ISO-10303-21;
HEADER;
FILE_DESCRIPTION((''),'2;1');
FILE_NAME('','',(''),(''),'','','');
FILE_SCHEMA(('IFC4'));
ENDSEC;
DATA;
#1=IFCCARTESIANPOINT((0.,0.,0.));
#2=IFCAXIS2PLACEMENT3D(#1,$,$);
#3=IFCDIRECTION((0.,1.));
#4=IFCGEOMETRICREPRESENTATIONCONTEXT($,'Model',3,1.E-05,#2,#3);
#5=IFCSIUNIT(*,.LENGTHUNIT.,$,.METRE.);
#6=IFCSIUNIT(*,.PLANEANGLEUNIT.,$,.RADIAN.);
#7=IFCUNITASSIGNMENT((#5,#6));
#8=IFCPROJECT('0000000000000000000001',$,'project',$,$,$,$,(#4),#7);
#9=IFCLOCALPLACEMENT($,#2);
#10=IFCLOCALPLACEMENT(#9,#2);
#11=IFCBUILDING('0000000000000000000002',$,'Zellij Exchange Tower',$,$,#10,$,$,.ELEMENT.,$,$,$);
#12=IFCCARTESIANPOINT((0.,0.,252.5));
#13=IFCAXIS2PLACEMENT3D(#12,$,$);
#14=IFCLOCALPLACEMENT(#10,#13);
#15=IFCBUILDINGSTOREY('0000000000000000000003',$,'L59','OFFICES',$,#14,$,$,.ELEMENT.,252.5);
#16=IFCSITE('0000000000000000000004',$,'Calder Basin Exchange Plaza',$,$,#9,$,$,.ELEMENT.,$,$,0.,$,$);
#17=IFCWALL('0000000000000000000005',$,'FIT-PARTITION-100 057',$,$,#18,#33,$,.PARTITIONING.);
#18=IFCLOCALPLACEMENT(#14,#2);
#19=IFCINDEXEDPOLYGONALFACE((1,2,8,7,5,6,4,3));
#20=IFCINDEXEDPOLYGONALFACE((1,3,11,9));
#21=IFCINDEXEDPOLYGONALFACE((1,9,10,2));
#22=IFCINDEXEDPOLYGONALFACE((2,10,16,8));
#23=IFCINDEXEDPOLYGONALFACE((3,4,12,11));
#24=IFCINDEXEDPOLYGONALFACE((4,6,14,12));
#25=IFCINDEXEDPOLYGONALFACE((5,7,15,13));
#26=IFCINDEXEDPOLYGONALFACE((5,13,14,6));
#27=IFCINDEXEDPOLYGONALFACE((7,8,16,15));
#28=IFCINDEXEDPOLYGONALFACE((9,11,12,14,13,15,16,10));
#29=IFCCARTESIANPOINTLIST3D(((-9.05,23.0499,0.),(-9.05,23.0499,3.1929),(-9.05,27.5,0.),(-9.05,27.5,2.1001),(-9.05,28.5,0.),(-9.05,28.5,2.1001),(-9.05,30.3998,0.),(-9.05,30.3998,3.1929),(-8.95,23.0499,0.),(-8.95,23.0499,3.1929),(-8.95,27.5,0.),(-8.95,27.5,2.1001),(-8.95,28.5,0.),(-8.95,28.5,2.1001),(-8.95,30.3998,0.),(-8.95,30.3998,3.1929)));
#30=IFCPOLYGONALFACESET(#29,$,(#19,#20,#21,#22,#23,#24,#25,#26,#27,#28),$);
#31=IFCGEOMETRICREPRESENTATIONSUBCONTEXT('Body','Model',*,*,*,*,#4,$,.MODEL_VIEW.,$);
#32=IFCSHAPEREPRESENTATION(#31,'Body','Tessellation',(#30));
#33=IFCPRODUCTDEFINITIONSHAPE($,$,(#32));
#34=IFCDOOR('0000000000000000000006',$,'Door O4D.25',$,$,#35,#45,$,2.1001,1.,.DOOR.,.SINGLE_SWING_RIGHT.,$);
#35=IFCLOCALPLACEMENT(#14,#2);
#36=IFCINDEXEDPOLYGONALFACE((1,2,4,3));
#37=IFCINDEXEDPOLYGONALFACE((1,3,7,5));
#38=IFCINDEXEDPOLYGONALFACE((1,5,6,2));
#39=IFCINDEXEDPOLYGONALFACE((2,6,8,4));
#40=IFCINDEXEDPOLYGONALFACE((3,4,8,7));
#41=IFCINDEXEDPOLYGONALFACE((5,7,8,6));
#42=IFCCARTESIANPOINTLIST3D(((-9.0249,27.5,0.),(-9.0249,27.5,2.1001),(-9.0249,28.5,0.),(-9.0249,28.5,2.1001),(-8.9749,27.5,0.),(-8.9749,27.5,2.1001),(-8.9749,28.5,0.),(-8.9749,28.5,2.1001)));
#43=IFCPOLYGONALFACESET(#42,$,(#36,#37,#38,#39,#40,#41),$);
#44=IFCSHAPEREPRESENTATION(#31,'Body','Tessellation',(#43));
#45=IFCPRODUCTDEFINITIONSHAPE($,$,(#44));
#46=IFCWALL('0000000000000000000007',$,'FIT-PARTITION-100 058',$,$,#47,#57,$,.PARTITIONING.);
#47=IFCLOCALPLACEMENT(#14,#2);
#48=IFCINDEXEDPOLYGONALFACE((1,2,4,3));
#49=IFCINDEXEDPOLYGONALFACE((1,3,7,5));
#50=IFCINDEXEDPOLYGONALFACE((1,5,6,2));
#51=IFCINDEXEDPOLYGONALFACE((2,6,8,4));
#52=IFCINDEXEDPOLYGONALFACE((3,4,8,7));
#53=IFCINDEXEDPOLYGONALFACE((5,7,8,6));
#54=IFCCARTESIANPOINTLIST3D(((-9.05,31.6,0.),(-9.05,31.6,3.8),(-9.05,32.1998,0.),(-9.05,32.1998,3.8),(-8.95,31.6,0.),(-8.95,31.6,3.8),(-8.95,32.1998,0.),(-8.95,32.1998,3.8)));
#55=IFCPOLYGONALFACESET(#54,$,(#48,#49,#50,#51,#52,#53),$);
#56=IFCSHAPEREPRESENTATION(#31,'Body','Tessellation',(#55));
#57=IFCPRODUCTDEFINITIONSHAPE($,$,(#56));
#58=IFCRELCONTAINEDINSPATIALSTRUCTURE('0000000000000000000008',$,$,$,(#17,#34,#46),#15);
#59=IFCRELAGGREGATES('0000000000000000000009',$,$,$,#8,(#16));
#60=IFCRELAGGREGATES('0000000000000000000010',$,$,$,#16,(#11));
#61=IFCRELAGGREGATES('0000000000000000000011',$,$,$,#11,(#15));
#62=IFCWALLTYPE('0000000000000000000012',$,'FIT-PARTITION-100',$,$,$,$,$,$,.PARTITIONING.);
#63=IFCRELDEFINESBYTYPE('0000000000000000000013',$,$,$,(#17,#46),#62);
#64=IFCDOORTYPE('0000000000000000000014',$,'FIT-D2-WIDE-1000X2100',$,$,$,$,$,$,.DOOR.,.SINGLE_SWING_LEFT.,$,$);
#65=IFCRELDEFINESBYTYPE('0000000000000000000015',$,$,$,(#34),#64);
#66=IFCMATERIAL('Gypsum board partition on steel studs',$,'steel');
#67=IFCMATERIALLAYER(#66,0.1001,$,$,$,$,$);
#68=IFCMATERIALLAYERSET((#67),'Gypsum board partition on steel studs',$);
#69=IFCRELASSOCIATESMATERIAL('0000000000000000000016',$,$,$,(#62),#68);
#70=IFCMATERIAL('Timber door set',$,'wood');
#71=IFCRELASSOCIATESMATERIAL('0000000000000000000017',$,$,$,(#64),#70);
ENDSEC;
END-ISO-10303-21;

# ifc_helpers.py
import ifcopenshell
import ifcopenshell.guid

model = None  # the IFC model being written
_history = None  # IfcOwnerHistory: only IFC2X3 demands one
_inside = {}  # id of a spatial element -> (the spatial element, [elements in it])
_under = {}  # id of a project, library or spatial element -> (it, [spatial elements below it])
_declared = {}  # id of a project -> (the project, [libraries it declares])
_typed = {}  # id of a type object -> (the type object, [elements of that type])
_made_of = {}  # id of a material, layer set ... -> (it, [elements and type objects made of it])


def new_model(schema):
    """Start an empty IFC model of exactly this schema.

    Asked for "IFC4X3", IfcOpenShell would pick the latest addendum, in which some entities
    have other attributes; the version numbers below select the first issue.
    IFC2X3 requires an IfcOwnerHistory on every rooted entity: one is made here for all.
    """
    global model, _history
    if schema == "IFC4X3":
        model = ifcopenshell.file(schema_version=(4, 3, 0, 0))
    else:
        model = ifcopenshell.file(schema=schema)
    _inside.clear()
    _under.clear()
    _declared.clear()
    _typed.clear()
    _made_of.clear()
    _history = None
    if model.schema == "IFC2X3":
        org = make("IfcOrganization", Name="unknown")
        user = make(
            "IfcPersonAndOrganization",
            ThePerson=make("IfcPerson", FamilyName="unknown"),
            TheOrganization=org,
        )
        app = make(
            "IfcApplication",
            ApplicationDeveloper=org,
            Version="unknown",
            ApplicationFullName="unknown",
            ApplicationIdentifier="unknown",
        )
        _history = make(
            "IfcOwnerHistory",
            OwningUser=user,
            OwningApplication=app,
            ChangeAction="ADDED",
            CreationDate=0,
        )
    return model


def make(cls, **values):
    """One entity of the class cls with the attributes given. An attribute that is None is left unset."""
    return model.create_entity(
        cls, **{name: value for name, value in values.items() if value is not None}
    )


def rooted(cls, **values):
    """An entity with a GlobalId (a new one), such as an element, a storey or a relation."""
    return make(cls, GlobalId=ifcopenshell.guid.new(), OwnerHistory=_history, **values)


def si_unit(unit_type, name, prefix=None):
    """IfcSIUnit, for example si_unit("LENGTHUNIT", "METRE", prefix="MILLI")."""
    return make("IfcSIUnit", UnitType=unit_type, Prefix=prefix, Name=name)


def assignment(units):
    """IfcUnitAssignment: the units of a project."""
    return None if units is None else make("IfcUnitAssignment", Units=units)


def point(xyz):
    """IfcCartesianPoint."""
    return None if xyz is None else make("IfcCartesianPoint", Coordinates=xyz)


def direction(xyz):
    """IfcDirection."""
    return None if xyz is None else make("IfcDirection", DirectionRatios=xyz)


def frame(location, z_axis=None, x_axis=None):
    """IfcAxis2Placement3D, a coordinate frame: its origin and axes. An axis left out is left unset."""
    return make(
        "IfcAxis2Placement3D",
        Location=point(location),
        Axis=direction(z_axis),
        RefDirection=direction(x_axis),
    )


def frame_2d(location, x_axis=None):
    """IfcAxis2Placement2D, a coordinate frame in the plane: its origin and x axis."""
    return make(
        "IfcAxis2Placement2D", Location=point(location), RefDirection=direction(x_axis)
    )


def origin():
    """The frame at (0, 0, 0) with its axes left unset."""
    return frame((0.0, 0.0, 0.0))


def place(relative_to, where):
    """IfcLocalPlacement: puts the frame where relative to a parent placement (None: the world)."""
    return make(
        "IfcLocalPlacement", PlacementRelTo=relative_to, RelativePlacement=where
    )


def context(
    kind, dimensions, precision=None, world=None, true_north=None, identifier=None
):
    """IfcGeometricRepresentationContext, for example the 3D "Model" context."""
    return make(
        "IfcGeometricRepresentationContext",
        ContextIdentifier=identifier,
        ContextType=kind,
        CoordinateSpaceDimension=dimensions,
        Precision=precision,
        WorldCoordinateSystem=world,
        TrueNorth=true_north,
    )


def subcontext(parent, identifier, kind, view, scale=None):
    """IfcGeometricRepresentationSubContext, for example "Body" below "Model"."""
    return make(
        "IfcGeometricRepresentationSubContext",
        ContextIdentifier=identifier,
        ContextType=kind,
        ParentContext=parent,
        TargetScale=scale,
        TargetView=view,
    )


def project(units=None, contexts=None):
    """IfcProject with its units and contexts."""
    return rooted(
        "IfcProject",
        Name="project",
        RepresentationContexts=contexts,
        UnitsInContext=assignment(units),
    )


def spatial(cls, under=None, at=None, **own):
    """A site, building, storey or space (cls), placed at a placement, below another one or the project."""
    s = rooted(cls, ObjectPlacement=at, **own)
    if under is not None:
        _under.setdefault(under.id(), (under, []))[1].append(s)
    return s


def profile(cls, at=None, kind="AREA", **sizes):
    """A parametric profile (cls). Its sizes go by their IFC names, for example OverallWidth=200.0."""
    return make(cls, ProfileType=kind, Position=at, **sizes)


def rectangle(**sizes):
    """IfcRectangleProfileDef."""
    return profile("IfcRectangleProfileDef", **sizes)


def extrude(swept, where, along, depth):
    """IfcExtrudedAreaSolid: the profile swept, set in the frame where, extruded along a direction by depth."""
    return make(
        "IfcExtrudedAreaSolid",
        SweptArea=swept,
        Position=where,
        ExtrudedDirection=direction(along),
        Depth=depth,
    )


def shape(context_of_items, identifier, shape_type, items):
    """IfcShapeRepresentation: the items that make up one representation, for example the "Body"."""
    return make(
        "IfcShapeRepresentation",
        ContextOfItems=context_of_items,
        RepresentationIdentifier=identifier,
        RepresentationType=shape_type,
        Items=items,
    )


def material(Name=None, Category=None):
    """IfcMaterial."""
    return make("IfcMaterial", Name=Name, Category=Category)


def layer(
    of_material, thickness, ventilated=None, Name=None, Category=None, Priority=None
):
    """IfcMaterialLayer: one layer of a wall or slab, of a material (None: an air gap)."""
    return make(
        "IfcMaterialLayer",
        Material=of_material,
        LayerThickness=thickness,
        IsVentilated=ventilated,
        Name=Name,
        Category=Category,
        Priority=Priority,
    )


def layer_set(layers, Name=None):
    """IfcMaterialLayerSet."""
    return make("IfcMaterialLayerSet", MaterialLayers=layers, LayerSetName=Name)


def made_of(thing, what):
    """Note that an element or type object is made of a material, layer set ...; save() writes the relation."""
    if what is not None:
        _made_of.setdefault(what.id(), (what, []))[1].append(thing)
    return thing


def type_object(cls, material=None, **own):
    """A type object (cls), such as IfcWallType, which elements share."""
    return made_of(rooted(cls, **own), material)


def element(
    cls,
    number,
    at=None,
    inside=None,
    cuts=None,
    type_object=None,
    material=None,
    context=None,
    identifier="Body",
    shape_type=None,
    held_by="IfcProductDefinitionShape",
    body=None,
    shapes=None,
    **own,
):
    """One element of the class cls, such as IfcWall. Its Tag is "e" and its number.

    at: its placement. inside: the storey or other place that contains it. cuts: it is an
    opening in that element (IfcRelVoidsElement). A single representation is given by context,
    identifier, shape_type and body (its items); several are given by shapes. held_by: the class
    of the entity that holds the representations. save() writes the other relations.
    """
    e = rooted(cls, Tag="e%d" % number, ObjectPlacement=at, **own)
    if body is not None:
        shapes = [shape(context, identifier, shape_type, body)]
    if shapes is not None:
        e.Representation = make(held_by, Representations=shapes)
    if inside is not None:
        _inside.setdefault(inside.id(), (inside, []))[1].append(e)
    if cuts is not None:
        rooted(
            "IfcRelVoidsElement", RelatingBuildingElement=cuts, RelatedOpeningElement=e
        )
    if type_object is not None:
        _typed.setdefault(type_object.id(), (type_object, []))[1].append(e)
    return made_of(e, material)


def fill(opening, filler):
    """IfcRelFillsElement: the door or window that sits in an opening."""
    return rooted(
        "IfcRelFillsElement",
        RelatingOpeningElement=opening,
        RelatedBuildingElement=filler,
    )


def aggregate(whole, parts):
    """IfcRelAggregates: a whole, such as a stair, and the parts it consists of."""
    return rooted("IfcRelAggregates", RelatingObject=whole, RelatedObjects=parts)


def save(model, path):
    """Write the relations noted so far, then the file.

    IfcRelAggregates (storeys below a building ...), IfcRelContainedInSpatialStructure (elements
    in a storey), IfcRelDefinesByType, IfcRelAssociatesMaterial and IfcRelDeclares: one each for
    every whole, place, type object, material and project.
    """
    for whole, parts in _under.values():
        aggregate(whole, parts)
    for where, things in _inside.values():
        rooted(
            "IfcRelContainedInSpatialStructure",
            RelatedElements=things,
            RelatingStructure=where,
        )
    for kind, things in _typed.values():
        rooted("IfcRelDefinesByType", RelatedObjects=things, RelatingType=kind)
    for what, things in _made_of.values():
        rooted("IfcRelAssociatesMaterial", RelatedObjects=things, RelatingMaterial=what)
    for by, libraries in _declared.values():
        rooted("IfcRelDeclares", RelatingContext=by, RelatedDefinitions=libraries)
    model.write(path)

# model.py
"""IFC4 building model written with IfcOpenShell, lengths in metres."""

from ifc_helpers import new_model, si_unit, direction, frame, frame_2d, origin, place, context, subcontext, project, spatial, rectangle, extrude, material, layer, layer_set, type_object, element, fill, save


model = new_model("IFC4")

# Units and contexts
model_context = context("Model", 3, precision=1e-05, world=origin(), true_north=direction((0.0, 1.0)))
body_context = subcontext(model_context, "Body", "Model", "MODEL_VIEW")
ifc_project = project(units=[si_unit("LENGTHUNIT", "METRE"), si_unit("PLANEANGLEUNIT", "RADIAN")], contexts=[model_context])

# Site, building, storey
site_placement = place(None, origin())
site = spatial("IfcSite", under=ifc_project, at=site_placement, Name="Calder Basin Exchange Plaza", CompositionType="ELEMENT", RefElevation=0.0)
building_placement = place(site_placement, origin())
building = spatial("IfcBuilding", under=site, at=building_placement, Name="Zellij Exchange Tower", CompositionType="ELEMENT")
storey_placement = place(building_placement, frame((0.0, 0.0, 252.5)))
storey = spatial("IfcBuildingStorey", under=building, at=storey_placement, Name="L59", Description="OFFICES", CompositionType="ELEMENT", Elevation=252.5)

# Shared definitions
ifc_material_1 = material(Name="Gypsum board partition on steel studs", Category="steel")
ifc_layer = layer(ifc_material_1, 0.1001)
ifc_layer_set = layer_set([ifc_layer], Name="Gypsum board partition on steel studs")
wall_type = type_object("IfcWallType", Name="FIT-PARTITION-100", PredefinedType="PARTITIONING", material=ifc_layer_set)

# Wall, opening, door
wall_1_placement = place(storey_placement, frame((-9.0, 23.05, 0.0), z_axis=(0.0, 0.0, 1.0), x_axis=(0.0, 1.0, 0.0)))
wall_1 = element("IfcWall", 1, at=wall_1_placement, inside=storey, type_object=wall_type, Name="FIT-PARTITION-100 057", PredefinedType="PARTITIONING", context=body_context, shape_type="SweptSolid", body=[
    extrude(rectangle(XDim=7.3499, YDim=0.1001, at=frame_2d((3.6748, 0.0))), origin(), (0.0, 0.0, 1.0), 3.1929),
])
opening_placement = place(wall_1_placement, frame((4.45, 0.0, 0.0)))
opening = element("IfcOpeningElement", 2, at=opening_placement, cuts=wall_1, PredefinedType="OPENING", context=body_context, shape_type="SweptSolid", body=[
    extrude(rectangle(XDim=1.0, YDim=2.1001, at=frame_2d((0.5, 1.05))), frame((0.0, 0.062, 0.0), z_axis=(0.0, -1.0, 0.0), x_axis=(1.0, 0.0, 0.0)), (0.0, 0.0, 1.0), 0.124),
])
ifc_material_2 = material(Name="Timber door set", Category="wood")
door_type = type_object("IfcDoorType", Name="FIT-D2-WIDE-1000X2100", OperationType="SINGLE_SWING_LEFT", PredefinedType="DOOR", material=ifc_material_2)
door_placement = place(opening_placement, origin())
door = element("IfcDoor", 3, at=door_placement, inside=storey, type_object=door_type, Name="Door O4D.25", OperationType="SINGLE_SWING_RIGHT", OverallHeight=2.1001, OverallWidth=1.0, PredefinedType="DOOR", context=body_context, shape_type="SweptSolid", body=[
    extrude(rectangle(XDim=1.0, YDim=2.1001, at=frame_2d((0.5, 1.05))), frame((0.0, 0.0249, 0.0), z_axis=(0.0, -1.0, 0.0), x_axis=(1.0, 0.0, 0.0)), (0.0, 0.0, 1.0), 0.05),
])
fill(opening, door)

# Wall
wall_2_placement = place(storey_placement, frame((-9.0, 31.6001, 0.0), z_axis=(0.0, 0.0, 1.0), x_axis=(0.0, 1.0, 0.0)))
element("IfcWall", 4, at=wall_2_placement, inside=storey, type_object=wall_type, Name="FIT-PARTITION-100 058", PredefinedType="PARTITIONING", context=body_context, shape_type="SweptSolid", body=[
    extrude(rectangle(XDim=0.5999, YDim=0.1001, at=frame_2d((0.2998, 0.0))), origin(), (0.0, 0.0, 1.0), 3.8),
])

save(model, "model.ifc")
